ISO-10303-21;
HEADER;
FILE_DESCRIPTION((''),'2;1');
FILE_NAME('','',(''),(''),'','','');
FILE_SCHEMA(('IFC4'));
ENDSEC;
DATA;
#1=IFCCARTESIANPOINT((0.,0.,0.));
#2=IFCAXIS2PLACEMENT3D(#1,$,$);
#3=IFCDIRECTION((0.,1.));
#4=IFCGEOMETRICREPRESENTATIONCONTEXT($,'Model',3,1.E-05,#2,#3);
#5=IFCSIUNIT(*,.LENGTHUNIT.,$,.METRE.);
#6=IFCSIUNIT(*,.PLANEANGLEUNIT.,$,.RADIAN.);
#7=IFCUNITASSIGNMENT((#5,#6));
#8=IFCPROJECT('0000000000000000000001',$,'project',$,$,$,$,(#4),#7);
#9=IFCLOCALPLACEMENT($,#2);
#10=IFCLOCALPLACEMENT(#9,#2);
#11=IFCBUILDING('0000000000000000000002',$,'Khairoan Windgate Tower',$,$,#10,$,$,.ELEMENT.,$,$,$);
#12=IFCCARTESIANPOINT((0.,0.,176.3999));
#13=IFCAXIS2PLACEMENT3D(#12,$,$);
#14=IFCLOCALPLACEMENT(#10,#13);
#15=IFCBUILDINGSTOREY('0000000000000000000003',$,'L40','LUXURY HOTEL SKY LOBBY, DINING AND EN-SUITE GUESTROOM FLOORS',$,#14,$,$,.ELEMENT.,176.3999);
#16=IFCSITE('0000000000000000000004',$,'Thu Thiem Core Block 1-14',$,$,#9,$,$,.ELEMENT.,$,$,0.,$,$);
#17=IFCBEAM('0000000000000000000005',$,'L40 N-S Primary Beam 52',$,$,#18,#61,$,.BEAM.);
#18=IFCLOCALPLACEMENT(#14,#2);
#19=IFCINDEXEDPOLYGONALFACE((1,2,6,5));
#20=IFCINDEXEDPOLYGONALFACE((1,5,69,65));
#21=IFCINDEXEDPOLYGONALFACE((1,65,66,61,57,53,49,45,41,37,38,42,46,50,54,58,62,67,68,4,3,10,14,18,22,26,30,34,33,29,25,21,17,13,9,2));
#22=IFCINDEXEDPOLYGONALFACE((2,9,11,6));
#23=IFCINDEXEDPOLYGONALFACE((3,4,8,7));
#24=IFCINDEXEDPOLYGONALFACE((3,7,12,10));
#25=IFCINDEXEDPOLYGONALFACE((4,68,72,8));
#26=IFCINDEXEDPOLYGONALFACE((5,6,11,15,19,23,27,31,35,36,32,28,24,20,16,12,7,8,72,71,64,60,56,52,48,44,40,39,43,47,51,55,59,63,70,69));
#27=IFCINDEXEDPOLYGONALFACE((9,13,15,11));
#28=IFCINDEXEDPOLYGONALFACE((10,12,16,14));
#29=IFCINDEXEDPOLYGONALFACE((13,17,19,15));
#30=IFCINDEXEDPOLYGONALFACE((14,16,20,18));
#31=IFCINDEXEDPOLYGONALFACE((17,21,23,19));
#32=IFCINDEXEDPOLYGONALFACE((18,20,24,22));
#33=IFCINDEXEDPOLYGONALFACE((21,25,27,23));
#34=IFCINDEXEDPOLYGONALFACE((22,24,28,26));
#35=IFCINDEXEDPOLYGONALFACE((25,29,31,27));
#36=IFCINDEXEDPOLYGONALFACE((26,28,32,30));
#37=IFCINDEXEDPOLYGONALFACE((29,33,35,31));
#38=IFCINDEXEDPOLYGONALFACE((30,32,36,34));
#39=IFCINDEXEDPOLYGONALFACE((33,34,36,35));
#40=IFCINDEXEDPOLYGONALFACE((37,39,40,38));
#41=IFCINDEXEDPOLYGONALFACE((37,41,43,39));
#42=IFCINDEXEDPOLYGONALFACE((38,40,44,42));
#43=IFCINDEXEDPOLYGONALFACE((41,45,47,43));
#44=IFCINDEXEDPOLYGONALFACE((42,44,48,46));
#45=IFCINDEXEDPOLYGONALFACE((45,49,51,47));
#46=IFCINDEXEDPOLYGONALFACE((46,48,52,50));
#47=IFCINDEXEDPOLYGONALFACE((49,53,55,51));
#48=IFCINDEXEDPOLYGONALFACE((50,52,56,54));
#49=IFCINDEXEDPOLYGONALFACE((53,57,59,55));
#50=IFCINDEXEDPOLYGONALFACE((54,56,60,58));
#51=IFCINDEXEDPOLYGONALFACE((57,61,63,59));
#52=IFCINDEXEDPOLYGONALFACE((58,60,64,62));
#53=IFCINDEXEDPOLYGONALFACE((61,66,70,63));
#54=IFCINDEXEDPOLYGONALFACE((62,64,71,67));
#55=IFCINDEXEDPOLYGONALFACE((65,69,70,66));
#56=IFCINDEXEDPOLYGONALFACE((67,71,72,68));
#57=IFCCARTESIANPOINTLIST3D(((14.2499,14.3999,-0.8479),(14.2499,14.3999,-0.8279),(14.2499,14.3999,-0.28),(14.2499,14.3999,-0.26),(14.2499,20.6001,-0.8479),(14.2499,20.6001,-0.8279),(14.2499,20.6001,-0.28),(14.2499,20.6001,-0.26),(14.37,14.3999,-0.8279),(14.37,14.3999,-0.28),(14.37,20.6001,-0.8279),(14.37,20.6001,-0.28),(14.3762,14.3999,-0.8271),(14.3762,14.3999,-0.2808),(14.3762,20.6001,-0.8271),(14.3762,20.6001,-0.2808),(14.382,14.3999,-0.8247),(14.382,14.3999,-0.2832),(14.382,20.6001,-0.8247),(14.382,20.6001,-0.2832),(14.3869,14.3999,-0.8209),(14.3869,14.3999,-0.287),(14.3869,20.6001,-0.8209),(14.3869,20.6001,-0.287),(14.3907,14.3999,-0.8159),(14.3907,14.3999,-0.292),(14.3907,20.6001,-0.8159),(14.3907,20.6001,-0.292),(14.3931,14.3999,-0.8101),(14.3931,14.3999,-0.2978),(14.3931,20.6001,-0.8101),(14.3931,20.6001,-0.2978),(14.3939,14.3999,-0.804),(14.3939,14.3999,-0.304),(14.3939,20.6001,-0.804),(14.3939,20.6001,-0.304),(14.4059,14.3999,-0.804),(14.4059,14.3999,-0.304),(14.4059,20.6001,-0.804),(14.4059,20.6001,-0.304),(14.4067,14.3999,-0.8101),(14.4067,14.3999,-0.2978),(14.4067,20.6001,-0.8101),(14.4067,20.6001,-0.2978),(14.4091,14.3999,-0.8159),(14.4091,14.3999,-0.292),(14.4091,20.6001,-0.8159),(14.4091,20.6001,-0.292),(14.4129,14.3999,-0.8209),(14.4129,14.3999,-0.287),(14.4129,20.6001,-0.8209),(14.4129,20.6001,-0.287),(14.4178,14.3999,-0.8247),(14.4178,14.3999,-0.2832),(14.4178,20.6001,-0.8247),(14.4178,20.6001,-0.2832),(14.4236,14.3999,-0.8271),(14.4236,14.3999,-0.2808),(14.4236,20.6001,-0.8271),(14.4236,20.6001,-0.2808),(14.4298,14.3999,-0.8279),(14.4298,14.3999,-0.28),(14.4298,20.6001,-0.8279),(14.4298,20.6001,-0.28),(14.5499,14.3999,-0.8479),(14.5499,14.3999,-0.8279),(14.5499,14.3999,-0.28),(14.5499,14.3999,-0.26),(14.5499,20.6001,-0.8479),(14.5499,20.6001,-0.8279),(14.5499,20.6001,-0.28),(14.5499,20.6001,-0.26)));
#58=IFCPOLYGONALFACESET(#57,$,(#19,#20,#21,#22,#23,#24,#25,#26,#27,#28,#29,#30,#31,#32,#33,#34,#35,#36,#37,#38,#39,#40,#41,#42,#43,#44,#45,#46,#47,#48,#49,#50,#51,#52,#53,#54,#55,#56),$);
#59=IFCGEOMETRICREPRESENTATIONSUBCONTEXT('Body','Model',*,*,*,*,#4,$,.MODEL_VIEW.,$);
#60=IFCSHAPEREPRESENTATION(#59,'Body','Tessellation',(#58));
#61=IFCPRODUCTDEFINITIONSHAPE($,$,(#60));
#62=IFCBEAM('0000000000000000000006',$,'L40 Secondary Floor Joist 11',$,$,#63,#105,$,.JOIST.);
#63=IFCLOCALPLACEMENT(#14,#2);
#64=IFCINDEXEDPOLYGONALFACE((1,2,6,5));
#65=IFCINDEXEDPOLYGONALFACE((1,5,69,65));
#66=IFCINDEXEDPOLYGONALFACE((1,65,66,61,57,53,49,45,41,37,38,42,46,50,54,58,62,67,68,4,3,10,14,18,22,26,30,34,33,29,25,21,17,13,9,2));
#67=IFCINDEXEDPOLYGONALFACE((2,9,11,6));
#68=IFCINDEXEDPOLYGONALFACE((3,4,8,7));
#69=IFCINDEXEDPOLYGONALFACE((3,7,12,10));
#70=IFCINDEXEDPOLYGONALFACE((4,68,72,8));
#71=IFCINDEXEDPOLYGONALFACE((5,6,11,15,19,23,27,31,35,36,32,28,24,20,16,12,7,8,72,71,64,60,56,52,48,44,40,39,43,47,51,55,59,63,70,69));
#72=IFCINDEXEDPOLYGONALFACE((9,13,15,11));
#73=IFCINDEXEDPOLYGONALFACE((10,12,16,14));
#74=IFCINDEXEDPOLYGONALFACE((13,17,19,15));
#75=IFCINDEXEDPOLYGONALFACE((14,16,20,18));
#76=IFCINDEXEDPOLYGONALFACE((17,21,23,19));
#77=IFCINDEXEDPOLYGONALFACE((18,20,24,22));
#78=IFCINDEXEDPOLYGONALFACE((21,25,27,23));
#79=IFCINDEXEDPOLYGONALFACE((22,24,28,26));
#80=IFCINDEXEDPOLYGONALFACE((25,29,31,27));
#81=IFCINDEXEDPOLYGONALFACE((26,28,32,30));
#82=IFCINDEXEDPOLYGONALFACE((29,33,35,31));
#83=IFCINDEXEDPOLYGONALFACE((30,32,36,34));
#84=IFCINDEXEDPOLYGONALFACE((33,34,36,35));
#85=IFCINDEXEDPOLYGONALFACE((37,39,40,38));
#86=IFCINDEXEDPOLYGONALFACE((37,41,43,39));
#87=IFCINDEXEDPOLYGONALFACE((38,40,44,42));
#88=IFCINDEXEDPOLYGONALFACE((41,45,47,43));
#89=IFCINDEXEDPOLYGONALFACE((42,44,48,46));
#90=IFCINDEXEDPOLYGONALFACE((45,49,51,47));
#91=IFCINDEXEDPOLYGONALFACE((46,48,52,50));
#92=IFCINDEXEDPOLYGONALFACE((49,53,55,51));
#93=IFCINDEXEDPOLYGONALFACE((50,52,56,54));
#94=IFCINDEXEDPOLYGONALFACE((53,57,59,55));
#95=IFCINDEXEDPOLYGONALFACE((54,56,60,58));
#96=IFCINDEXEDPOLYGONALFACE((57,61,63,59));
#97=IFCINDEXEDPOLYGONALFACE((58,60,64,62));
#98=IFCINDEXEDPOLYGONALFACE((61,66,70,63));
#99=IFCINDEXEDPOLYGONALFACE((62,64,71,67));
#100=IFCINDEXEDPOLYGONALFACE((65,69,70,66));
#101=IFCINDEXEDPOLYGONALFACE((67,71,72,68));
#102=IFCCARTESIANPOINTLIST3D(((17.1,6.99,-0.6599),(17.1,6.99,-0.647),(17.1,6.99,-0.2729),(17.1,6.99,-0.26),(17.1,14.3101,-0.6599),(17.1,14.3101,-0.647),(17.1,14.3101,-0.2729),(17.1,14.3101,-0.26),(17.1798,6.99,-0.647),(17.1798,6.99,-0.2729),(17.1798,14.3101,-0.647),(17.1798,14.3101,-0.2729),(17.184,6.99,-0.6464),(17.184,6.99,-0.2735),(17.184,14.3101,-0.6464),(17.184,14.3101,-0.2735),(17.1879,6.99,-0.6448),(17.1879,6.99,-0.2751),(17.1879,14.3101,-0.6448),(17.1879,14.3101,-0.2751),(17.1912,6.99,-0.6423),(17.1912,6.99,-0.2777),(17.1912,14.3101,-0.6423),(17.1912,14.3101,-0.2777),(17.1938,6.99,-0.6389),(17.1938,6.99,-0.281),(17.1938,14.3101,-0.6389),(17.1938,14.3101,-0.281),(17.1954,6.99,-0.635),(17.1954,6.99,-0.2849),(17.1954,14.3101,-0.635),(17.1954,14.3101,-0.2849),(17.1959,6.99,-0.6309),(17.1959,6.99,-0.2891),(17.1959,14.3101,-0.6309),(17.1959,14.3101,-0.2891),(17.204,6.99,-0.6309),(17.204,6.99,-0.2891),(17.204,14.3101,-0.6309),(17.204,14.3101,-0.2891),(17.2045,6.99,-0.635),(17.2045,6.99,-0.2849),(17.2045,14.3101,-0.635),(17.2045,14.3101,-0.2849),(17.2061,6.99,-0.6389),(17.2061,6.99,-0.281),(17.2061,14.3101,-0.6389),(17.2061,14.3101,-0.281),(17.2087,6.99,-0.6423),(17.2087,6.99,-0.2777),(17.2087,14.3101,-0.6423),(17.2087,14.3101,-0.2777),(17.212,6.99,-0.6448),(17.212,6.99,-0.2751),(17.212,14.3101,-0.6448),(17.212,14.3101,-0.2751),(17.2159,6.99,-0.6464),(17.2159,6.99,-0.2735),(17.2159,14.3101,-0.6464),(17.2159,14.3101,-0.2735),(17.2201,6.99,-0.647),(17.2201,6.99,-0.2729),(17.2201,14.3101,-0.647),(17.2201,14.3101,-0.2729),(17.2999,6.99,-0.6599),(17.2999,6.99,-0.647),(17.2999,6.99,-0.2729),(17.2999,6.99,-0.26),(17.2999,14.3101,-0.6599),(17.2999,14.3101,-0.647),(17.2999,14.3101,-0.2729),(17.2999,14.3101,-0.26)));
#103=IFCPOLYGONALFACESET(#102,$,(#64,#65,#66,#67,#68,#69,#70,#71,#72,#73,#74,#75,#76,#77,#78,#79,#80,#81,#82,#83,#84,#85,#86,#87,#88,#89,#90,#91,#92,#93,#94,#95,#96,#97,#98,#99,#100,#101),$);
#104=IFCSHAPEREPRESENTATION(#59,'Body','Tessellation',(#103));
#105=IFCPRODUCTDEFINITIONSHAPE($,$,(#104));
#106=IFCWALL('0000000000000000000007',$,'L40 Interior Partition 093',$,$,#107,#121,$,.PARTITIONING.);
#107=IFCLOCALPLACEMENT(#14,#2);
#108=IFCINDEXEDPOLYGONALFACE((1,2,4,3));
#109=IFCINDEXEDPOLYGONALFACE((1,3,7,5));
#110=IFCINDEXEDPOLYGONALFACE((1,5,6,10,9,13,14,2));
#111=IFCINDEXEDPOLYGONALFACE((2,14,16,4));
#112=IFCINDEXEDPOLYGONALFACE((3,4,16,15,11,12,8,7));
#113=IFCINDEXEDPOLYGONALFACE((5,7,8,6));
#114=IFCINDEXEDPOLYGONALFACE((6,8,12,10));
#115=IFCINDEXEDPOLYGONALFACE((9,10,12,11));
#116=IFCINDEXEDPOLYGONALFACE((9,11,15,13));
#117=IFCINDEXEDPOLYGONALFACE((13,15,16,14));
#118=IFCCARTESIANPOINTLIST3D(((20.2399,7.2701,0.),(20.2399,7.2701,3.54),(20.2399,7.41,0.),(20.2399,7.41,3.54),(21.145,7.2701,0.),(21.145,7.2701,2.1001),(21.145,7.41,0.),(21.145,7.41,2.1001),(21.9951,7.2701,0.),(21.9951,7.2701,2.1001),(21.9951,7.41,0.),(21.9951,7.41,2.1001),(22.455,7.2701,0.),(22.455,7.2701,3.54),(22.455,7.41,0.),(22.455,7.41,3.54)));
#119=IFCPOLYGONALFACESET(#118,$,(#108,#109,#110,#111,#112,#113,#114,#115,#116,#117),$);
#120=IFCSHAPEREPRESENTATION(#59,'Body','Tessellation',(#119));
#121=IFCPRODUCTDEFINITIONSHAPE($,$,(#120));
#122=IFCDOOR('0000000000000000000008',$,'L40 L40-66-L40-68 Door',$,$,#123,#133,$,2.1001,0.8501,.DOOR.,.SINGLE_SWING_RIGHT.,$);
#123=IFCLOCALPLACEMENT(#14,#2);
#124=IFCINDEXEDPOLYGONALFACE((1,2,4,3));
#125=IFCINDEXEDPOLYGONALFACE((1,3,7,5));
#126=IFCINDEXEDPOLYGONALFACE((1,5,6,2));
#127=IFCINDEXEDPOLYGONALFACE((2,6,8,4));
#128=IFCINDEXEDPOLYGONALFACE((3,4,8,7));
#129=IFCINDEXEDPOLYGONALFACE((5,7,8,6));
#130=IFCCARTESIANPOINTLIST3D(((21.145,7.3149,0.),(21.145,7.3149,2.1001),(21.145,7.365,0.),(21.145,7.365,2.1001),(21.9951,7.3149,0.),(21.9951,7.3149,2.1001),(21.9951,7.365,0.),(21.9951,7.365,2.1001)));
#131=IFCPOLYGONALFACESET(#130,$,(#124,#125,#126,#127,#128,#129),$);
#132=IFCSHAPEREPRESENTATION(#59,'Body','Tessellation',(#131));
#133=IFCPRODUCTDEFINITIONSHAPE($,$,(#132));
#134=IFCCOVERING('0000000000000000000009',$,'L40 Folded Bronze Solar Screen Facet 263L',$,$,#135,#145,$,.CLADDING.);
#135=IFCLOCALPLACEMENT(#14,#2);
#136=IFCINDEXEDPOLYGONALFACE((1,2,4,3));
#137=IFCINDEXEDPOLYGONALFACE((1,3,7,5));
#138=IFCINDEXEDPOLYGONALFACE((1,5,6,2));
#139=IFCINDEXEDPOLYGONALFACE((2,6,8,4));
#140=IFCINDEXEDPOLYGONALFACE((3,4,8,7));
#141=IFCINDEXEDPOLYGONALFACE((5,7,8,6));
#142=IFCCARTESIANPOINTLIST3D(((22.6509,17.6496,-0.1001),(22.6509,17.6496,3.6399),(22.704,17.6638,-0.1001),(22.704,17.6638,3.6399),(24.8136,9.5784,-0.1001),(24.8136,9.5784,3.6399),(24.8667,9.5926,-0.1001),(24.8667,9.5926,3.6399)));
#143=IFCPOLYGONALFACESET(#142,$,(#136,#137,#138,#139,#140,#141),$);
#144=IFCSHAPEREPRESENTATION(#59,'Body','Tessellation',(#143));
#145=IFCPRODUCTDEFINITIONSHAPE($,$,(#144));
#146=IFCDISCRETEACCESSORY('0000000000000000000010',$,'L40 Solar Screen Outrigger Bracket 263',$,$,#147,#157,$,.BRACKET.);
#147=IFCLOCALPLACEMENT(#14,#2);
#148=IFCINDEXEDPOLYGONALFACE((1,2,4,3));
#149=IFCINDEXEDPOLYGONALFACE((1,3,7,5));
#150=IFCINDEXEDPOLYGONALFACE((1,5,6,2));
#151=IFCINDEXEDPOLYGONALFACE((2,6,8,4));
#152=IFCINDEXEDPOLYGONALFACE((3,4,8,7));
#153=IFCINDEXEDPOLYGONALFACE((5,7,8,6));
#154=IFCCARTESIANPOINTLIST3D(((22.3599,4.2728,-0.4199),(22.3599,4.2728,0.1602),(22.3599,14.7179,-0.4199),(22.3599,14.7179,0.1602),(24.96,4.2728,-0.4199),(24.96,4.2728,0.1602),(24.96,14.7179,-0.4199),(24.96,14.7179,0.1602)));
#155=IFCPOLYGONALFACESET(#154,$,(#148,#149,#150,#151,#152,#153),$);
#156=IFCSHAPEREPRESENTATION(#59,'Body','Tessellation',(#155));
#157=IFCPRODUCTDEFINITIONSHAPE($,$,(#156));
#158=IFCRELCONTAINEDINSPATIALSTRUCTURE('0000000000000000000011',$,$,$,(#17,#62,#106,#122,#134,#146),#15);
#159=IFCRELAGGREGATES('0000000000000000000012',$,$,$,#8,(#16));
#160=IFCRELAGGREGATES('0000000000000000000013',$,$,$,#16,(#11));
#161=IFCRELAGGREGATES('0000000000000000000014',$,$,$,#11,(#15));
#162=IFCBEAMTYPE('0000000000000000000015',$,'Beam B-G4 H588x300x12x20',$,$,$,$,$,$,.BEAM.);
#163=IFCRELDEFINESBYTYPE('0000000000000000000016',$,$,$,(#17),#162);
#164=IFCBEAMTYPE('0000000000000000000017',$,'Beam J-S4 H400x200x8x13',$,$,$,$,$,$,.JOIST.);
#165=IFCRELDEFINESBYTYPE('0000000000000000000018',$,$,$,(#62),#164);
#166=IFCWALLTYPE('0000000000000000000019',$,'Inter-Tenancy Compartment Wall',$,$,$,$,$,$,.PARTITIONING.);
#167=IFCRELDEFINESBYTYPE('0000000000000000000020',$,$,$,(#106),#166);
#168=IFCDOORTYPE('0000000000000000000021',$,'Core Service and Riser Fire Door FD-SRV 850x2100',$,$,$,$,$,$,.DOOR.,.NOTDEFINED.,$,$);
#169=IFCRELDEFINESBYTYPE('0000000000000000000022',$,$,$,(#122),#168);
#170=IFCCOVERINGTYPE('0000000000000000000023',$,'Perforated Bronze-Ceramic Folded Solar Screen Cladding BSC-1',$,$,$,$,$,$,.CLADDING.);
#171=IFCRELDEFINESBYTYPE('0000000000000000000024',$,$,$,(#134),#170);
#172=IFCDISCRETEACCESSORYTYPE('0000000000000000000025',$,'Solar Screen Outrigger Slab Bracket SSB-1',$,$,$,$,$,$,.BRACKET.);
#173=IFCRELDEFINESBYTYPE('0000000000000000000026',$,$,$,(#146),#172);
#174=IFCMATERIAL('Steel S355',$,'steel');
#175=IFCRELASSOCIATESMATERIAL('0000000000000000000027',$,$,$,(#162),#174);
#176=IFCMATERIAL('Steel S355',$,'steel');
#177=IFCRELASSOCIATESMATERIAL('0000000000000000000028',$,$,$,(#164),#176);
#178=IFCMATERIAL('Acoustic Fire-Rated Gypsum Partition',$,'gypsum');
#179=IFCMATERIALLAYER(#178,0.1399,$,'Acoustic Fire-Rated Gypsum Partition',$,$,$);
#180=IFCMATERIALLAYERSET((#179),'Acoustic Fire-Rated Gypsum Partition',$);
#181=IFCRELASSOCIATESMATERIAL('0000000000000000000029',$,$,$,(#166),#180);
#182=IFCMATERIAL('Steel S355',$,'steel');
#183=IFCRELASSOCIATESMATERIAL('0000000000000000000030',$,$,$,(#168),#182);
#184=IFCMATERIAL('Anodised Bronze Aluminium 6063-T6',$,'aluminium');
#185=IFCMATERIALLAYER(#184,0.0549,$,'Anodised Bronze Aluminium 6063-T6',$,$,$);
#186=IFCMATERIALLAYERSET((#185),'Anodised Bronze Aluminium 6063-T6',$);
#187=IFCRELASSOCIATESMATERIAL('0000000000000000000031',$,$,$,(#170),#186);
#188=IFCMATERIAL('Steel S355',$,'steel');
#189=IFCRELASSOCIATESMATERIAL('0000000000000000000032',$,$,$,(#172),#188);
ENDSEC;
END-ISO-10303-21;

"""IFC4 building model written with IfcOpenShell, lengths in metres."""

from ifc_helpers import new_model, si_unit, direction, frame, frame_2d, origin, origin_2d, place, context, subcontext, project, spatial, rectangle, i_section, extrude, material, layer, layer_set, material_profile, profile_set, type_object, element, fill, save


model = new_model("IFC4")

# Units and contexts
model_context = context("Model", 3, precision=1e-05, world=origin(), true_north=direction((0.0, 1.0)))
body_context = subcontext(model_context, "Body", "Model", "MODEL_VIEW")
ifc_project = project(units=[si_unit("LENGTHUNIT", "METRE"), si_unit("PLANEANGLEUNIT", "RADIAN")], contexts=[model_context])

# Site, building, storey
site_placement = place(None, origin())
site = spatial("IfcSite", under=ifc_project, at=site_placement, Name="Thu Thiem Core Block 1-14", CompositionType="ELEMENT", RefElevation=0.0)
building_placement = place(site_placement, origin())
building = spatial("IfcBuilding", under=site, at=building_placement, Name="Khairoan Windgate Tower", CompositionType="ELEMENT")
storey_placement = place(building_placement, frame((0.0, 0.0, 176.3999)))
storey = spatial("IfcBuildingStorey", under=building, at=storey_placement, Name="L40", Description="LUXURY HOTEL SKY LOBBY, DINING AND EN-SUITE GUESTROOM FLOORS", CompositionType="ELEMENT", Elevation=176.3999)

# Beams
ifc_material_1 = material(Name="Steel S355", Category="steel")
ifc_material_profile_1 = material_profile(ifc_material_1, i_section(OverallWidth=0.3, OverallDepth=0.5879, WebThickness=0.012, FlangeThickness=0.02, FilletRadius=0.0239, at=origin_2d()))
ifc_profile_set_1 = profile_set([ifc_material_profile_1], Name="Steel S355")
beam_type_1 = type_object("IfcBeamType", Name="Beam B-G4 H588x300x12x20", PredefinedType="BEAM", material=ifc_profile_set_1)
beam_1_placement = place(storey_placement, frame((14.3999, 14.3999, -0.554), z_axis=(0.0, 1.0, 0.0), x_axis=(-1.0, 0.0, 0.0)))
element("IfcBeam", 1, at=beam_1_placement, inside=storey, type_object=beam_type_1, Name="L40 N-S Primary Beam 52", PredefinedType="BEAM", context=body_context, shape_type="SweptSolid", body=[
    extrude(i_section(OverallWidth=0.3, OverallDepth=0.5879, WebThickness=0.012, FlangeThickness=0.02, FilletRadius=0.0239, at=origin_2d()), origin(), (0.0, 0.0, 1.0), 6.2002),
])
ifc_material_2 = material(Name="Steel S355", Category="steel")
ifc_material_profile_2 = material_profile(ifc_material_2, i_section(OverallWidth=0.2, OverallDepth=0.3999, WebThickness=0.0081, FlangeThickness=0.0129, FilletRadius=0.0161, at=origin_2d()))
ifc_profile_set_2 = profile_set([ifc_material_profile_2], Name="Steel S355")
beam_type_2 = type_object("IfcBeamType", Name="Beam J-S4 H400x200x8x13", PredefinedType="JOIST", material=ifc_profile_set_2)
beam_2_placement = place(storey_placement, frame((17.2, 6.99, -0.46), z_axis=(0.0, 1.0, 0.0), x_axis=(-1.0, 0.0, 0.0)))
element("IfcBeam", 2, at=beam_2_placement, inside=storey, type_object=beam_type_2, Name="L40 Secondary Floor Joist 11", PredefinedType="JOIST", context=body_context, shape_type="SweptSolid", body=[
    extrude(i_section(OverallWidth=0.2, OverallDepth=0.3999, WebThickness=0.0081, FlangeThickness=0.0129, FilletRadius=0.0161, at=origin_2d()), origin(), (0.0, 0.0, 1.0), 7.3201),
])

# Wall, opening, door
ifc_material_3 = material(Name="Acoustic Fire-Rated Gypsum Partition", Category="gypsum")
ifc_layer_1 = layer(ifc_material_3, 0.1399, Name="Acoustic Fire-Rated Gypsum Partition")
ifc_layer_set_1 = layer_set([ifc_layer_1], Name="Acoustic Fire-Rated Gypsum Partition")
wall_type = type_object("IfcWallType", Name="Inter-Tenancy Compartment Wall", PredefinedType="PARTITIONING", material=ifc_layer_set_1)
wall_placement = place(storey_placement, frame((20.24, 7.3401, 0.0), z_axis=(0.0, 0.0, 1.0), x_axis=(1.0, 0.0, 0.0)))
wall = element("IfcWall", 3, at=wall_placement, inside=storey, type_object=wall_type, Name="L40 Interior Partition 093", PredefinedType="PARTITIONING", context=body_context, shape_type="SweptSolid", body=[
    extrude(rectangle(XDim=2.2151, YDim=0.1399, at=frame_2d((1.1074, 0.0))), origin(), (0.0, 0.0, 1.0), 3.54),
])
opening_placement = place(wall_placement, frame((0.905, 0.0, 0.0)))
opening = element("IfcOpeningElement", 4, at=opening_placement, cuts=wall, PredefinedType="OPENING", context=body_context, shape_type="SweptSolid", body=[
    extrude(rectangle(XDim=0.8501, YDim=2.1001, at=frame_2d((0.425, 1.05))), frame((0.0, 0.0798, 0.0), z_axis=(0.0, -1.0, 0.0), x_axis=(1.0, 0.0, 0.0)), (0.0, 0.0, 1.0), 0.1599),
])
ifc_material_4 = material(Name="Steel S355", Category="steel")
door_type = type_object("IfcDoorType", Name="Core Service and Riser Fire Door FD-SRV 850x2100", OperationType="NOTDEFINED", PredefinedType="DOOR", material=ifc_material_4)
door_placement = place(opening_placement, origin())
door = element("IfcDoor", 5, at=door_placement, inside=storey, type_object=door_type, Name="L40 L40-66-L40-68 Door", OperationType="SINGLE_SWING_RIGHT", OverallHeight=2.1001, OverallWidth=0.8501, PredefinedType="DOOR", context=body_context, shape_type="SweptSolid", body=[
    extrude(rectangle(XDim=0.8501, YDim=2.1001, at=frame_2d((0.425, 1.05))), frame((0.0, 0.0249, 0.0), z_axis=(0.0, -1.0, 0.0), x_axis=(1.0, 0.0, 0.0)), (0.0, 0.0, 1.0), 0.05),
])
fill(opening, door)

# Covering
ifc_material_5 = material(Name="Anodised Bronze Aluminium 6063-T6", Category="aluminium")
ifc_layer_2 = layer(ifc_material_5, 0.0549, Name="Anodised Bronze Aluminium 6063-T6")
ifc_layer_set_2 = layer_set([ifc_layer_2], Name="Anodised Bronze Aluminium 6063-T6")
covering_type = type_object("IfcCoveringType", Name="Perforated Bronze-Ceramic Folded Solar Screen Cladding BSC-1", PredefinedType="CLADDING", material=ifc_layer_set_2)
covering_placement = place(storey_placement, frame((23.7588, 13.6211, -0.1001), z_axis=(0.0, 0.0, 1.0), x_axis=(0.258819, -0.965926, 0.0)))
element("IfcCovering", 6, at=covering_placement, inside=storey, type_object=covering_type, Name="L40 Folded Bronze Solar Screen Facet 263L", PredefinedType="CLADDING", context=body_context, shape_type="SweptSolid", body=[
    extrude(rectangle(XDim=8.356, YDim=0.0549, at=origin_2d()), origin(), (0.0, 0.0, 1.0), 3.74),
])

# Discrete accessory
ifc_material_6 = material(Name="Steel S355", Category="steel")
discrete_accessory_type = type_object("IfcDiscreteAccessoryType", Name="Solar Screen Outrigger Slab Bracket SSB-1", PredefinedType="BRACKET", material=ifc_material_6)
discrete_accessory_placement = place(storey_placement, frame((23.6599, 9.4954, -0.4199), z_axis=(0.0, 0.0, 1.0), x_axis=(0.0, -1.0, 0.0)))
element("IfcDiscreteAccessory", 7, at=discrete_accessory_placement, inside=storey, type_object=discrete_accessory_type, Name="L40 Solar Screen Outrigger Bracket 263", PredefinedType="BRACKET", context=body_context, shape_type="SweptSolid", body=[
    extrude(rectangle(XDim=10.4451, YDim=2.6001, at=origin_2d()), origin(), (0.0, 0.0, 1.0), 0.5801),
])

save(model, "model.ifc")
